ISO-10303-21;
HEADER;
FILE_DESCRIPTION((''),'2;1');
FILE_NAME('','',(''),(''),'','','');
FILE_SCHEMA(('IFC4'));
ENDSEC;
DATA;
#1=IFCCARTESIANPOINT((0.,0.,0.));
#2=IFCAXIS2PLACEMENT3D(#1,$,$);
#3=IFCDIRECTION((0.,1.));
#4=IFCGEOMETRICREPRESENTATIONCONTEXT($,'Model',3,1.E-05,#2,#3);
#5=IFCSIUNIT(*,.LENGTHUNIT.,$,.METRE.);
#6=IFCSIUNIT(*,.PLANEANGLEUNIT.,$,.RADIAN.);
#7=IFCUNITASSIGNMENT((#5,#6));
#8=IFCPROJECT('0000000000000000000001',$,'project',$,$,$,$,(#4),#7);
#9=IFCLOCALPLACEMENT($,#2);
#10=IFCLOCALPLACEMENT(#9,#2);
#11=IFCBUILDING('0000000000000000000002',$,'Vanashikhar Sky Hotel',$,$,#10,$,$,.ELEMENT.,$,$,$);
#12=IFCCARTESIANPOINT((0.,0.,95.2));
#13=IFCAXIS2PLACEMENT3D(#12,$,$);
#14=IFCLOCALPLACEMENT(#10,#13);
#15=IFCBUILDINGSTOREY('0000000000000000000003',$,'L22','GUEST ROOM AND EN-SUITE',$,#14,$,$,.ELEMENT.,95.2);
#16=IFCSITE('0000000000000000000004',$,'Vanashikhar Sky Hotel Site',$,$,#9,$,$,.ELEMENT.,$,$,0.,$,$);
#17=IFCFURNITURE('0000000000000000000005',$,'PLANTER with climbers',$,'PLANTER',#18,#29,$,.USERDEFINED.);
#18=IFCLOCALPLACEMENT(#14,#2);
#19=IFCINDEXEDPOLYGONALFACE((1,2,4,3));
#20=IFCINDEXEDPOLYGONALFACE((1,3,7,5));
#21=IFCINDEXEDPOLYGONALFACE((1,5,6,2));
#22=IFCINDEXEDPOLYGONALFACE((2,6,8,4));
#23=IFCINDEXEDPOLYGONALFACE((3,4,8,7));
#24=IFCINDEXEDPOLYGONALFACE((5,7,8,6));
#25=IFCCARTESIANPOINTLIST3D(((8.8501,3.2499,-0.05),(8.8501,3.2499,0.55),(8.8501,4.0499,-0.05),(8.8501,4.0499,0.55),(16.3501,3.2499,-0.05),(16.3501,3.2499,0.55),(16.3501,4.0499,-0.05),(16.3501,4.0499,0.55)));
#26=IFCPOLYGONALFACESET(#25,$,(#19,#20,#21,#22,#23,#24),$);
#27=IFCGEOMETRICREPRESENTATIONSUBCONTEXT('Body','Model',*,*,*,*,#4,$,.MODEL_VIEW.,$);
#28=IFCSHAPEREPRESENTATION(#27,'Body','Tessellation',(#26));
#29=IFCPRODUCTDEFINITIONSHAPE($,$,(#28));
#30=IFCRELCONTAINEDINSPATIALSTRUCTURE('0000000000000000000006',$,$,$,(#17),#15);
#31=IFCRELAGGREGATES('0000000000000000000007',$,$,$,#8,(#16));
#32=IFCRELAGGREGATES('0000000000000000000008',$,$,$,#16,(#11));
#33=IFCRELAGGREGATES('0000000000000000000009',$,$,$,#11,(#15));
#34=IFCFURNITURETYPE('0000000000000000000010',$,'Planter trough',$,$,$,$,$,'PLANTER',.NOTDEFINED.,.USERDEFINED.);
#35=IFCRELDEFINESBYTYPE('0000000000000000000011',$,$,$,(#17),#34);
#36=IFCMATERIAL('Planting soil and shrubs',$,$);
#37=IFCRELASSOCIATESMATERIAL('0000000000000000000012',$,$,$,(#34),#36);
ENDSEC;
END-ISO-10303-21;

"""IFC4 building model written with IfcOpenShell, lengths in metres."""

from ifc_helpers import new_model, si_unit, direction, frame, origin, origin_2d, place, context, subcontext, project, spatial, rectangle, extrude, source, transform, mapped, material, type_object, element, save


model = new_model("IFC4")

# Units and contexts
model_context = context("Model", 3, precision=1e-05, world=origin(), true_north=direction((0.0, 1.0)))
body_context = subcontext(model_context, "Body", "Model", "MODEL_VIEW")
ifc_project = project(units=[si_unit("LENGTHUNIT", "METRE"), si_unit("PLANEANGLEUNIT", "RADIAN")], contexts=[model_context])

# Site, building, storey
site_placement = place(None, origin())
site = spatial("IfcSite", under=ifc_project, at=site_placement, Name="Vanashikhar Sky Hotel Site", CompositionType="ELEMENT", RefElevation=0.0)
building_placement = place(site_placement, origin())
building = spatial("IfcBuilding", under=site, at=building_placement, Name="Vanashikhar Sky Hotel", CompositionType="ELEMENT")
storey_placement = place(building_placement, frame((0.0, 0.0, 95.2)))
storey = spatial("IfcBuildingStorey", under=building, at=storey_placement, Name="L22", Description="GUEST ROOM AND EN-SUITE", CompositionType="ELEMENT", Elevation=95.2)

# Furniture
ifc_material_1 = material(Name="Planting soil and shrubs")
furniture_type = type_object("IfcFurnitureType", Name="Planter trough", ElementType="PLANTER", AssemblyPlace="NOTDEFINED", PredefinedType="USERDEFINED", material=ifc_material_1)
shared_shape_1 = source(origin(), body_context, "Body", "SweptSolid", [
    extrude(rectangle(XDim=7.5, YDim=0.8, at=origin_2d()), origin(), (0.0, 0.0, 1.0), 0.6001),
])
furniture_placement = place(storey_placement, frame((12.6001, 3.6499, -0.05), z_axis=(0.0, 0.0, 1.0), x_axis=(1.0, 0.0, 0.0)))
element("IfcFurniture", 1, at=furniture_placement, inside=storey, type_object=furniture_type, Name="PLANTER with climbers", ObjectType="PLANTER", PredefinedType="USERDEFINED", context=body_context, shape_type="MappedRepresentation", body=[
    mapped(shared_shape_1, transform((0.0, 0.0, 0.0), scale=1.0)),
])

save(model, "model.ifc")
